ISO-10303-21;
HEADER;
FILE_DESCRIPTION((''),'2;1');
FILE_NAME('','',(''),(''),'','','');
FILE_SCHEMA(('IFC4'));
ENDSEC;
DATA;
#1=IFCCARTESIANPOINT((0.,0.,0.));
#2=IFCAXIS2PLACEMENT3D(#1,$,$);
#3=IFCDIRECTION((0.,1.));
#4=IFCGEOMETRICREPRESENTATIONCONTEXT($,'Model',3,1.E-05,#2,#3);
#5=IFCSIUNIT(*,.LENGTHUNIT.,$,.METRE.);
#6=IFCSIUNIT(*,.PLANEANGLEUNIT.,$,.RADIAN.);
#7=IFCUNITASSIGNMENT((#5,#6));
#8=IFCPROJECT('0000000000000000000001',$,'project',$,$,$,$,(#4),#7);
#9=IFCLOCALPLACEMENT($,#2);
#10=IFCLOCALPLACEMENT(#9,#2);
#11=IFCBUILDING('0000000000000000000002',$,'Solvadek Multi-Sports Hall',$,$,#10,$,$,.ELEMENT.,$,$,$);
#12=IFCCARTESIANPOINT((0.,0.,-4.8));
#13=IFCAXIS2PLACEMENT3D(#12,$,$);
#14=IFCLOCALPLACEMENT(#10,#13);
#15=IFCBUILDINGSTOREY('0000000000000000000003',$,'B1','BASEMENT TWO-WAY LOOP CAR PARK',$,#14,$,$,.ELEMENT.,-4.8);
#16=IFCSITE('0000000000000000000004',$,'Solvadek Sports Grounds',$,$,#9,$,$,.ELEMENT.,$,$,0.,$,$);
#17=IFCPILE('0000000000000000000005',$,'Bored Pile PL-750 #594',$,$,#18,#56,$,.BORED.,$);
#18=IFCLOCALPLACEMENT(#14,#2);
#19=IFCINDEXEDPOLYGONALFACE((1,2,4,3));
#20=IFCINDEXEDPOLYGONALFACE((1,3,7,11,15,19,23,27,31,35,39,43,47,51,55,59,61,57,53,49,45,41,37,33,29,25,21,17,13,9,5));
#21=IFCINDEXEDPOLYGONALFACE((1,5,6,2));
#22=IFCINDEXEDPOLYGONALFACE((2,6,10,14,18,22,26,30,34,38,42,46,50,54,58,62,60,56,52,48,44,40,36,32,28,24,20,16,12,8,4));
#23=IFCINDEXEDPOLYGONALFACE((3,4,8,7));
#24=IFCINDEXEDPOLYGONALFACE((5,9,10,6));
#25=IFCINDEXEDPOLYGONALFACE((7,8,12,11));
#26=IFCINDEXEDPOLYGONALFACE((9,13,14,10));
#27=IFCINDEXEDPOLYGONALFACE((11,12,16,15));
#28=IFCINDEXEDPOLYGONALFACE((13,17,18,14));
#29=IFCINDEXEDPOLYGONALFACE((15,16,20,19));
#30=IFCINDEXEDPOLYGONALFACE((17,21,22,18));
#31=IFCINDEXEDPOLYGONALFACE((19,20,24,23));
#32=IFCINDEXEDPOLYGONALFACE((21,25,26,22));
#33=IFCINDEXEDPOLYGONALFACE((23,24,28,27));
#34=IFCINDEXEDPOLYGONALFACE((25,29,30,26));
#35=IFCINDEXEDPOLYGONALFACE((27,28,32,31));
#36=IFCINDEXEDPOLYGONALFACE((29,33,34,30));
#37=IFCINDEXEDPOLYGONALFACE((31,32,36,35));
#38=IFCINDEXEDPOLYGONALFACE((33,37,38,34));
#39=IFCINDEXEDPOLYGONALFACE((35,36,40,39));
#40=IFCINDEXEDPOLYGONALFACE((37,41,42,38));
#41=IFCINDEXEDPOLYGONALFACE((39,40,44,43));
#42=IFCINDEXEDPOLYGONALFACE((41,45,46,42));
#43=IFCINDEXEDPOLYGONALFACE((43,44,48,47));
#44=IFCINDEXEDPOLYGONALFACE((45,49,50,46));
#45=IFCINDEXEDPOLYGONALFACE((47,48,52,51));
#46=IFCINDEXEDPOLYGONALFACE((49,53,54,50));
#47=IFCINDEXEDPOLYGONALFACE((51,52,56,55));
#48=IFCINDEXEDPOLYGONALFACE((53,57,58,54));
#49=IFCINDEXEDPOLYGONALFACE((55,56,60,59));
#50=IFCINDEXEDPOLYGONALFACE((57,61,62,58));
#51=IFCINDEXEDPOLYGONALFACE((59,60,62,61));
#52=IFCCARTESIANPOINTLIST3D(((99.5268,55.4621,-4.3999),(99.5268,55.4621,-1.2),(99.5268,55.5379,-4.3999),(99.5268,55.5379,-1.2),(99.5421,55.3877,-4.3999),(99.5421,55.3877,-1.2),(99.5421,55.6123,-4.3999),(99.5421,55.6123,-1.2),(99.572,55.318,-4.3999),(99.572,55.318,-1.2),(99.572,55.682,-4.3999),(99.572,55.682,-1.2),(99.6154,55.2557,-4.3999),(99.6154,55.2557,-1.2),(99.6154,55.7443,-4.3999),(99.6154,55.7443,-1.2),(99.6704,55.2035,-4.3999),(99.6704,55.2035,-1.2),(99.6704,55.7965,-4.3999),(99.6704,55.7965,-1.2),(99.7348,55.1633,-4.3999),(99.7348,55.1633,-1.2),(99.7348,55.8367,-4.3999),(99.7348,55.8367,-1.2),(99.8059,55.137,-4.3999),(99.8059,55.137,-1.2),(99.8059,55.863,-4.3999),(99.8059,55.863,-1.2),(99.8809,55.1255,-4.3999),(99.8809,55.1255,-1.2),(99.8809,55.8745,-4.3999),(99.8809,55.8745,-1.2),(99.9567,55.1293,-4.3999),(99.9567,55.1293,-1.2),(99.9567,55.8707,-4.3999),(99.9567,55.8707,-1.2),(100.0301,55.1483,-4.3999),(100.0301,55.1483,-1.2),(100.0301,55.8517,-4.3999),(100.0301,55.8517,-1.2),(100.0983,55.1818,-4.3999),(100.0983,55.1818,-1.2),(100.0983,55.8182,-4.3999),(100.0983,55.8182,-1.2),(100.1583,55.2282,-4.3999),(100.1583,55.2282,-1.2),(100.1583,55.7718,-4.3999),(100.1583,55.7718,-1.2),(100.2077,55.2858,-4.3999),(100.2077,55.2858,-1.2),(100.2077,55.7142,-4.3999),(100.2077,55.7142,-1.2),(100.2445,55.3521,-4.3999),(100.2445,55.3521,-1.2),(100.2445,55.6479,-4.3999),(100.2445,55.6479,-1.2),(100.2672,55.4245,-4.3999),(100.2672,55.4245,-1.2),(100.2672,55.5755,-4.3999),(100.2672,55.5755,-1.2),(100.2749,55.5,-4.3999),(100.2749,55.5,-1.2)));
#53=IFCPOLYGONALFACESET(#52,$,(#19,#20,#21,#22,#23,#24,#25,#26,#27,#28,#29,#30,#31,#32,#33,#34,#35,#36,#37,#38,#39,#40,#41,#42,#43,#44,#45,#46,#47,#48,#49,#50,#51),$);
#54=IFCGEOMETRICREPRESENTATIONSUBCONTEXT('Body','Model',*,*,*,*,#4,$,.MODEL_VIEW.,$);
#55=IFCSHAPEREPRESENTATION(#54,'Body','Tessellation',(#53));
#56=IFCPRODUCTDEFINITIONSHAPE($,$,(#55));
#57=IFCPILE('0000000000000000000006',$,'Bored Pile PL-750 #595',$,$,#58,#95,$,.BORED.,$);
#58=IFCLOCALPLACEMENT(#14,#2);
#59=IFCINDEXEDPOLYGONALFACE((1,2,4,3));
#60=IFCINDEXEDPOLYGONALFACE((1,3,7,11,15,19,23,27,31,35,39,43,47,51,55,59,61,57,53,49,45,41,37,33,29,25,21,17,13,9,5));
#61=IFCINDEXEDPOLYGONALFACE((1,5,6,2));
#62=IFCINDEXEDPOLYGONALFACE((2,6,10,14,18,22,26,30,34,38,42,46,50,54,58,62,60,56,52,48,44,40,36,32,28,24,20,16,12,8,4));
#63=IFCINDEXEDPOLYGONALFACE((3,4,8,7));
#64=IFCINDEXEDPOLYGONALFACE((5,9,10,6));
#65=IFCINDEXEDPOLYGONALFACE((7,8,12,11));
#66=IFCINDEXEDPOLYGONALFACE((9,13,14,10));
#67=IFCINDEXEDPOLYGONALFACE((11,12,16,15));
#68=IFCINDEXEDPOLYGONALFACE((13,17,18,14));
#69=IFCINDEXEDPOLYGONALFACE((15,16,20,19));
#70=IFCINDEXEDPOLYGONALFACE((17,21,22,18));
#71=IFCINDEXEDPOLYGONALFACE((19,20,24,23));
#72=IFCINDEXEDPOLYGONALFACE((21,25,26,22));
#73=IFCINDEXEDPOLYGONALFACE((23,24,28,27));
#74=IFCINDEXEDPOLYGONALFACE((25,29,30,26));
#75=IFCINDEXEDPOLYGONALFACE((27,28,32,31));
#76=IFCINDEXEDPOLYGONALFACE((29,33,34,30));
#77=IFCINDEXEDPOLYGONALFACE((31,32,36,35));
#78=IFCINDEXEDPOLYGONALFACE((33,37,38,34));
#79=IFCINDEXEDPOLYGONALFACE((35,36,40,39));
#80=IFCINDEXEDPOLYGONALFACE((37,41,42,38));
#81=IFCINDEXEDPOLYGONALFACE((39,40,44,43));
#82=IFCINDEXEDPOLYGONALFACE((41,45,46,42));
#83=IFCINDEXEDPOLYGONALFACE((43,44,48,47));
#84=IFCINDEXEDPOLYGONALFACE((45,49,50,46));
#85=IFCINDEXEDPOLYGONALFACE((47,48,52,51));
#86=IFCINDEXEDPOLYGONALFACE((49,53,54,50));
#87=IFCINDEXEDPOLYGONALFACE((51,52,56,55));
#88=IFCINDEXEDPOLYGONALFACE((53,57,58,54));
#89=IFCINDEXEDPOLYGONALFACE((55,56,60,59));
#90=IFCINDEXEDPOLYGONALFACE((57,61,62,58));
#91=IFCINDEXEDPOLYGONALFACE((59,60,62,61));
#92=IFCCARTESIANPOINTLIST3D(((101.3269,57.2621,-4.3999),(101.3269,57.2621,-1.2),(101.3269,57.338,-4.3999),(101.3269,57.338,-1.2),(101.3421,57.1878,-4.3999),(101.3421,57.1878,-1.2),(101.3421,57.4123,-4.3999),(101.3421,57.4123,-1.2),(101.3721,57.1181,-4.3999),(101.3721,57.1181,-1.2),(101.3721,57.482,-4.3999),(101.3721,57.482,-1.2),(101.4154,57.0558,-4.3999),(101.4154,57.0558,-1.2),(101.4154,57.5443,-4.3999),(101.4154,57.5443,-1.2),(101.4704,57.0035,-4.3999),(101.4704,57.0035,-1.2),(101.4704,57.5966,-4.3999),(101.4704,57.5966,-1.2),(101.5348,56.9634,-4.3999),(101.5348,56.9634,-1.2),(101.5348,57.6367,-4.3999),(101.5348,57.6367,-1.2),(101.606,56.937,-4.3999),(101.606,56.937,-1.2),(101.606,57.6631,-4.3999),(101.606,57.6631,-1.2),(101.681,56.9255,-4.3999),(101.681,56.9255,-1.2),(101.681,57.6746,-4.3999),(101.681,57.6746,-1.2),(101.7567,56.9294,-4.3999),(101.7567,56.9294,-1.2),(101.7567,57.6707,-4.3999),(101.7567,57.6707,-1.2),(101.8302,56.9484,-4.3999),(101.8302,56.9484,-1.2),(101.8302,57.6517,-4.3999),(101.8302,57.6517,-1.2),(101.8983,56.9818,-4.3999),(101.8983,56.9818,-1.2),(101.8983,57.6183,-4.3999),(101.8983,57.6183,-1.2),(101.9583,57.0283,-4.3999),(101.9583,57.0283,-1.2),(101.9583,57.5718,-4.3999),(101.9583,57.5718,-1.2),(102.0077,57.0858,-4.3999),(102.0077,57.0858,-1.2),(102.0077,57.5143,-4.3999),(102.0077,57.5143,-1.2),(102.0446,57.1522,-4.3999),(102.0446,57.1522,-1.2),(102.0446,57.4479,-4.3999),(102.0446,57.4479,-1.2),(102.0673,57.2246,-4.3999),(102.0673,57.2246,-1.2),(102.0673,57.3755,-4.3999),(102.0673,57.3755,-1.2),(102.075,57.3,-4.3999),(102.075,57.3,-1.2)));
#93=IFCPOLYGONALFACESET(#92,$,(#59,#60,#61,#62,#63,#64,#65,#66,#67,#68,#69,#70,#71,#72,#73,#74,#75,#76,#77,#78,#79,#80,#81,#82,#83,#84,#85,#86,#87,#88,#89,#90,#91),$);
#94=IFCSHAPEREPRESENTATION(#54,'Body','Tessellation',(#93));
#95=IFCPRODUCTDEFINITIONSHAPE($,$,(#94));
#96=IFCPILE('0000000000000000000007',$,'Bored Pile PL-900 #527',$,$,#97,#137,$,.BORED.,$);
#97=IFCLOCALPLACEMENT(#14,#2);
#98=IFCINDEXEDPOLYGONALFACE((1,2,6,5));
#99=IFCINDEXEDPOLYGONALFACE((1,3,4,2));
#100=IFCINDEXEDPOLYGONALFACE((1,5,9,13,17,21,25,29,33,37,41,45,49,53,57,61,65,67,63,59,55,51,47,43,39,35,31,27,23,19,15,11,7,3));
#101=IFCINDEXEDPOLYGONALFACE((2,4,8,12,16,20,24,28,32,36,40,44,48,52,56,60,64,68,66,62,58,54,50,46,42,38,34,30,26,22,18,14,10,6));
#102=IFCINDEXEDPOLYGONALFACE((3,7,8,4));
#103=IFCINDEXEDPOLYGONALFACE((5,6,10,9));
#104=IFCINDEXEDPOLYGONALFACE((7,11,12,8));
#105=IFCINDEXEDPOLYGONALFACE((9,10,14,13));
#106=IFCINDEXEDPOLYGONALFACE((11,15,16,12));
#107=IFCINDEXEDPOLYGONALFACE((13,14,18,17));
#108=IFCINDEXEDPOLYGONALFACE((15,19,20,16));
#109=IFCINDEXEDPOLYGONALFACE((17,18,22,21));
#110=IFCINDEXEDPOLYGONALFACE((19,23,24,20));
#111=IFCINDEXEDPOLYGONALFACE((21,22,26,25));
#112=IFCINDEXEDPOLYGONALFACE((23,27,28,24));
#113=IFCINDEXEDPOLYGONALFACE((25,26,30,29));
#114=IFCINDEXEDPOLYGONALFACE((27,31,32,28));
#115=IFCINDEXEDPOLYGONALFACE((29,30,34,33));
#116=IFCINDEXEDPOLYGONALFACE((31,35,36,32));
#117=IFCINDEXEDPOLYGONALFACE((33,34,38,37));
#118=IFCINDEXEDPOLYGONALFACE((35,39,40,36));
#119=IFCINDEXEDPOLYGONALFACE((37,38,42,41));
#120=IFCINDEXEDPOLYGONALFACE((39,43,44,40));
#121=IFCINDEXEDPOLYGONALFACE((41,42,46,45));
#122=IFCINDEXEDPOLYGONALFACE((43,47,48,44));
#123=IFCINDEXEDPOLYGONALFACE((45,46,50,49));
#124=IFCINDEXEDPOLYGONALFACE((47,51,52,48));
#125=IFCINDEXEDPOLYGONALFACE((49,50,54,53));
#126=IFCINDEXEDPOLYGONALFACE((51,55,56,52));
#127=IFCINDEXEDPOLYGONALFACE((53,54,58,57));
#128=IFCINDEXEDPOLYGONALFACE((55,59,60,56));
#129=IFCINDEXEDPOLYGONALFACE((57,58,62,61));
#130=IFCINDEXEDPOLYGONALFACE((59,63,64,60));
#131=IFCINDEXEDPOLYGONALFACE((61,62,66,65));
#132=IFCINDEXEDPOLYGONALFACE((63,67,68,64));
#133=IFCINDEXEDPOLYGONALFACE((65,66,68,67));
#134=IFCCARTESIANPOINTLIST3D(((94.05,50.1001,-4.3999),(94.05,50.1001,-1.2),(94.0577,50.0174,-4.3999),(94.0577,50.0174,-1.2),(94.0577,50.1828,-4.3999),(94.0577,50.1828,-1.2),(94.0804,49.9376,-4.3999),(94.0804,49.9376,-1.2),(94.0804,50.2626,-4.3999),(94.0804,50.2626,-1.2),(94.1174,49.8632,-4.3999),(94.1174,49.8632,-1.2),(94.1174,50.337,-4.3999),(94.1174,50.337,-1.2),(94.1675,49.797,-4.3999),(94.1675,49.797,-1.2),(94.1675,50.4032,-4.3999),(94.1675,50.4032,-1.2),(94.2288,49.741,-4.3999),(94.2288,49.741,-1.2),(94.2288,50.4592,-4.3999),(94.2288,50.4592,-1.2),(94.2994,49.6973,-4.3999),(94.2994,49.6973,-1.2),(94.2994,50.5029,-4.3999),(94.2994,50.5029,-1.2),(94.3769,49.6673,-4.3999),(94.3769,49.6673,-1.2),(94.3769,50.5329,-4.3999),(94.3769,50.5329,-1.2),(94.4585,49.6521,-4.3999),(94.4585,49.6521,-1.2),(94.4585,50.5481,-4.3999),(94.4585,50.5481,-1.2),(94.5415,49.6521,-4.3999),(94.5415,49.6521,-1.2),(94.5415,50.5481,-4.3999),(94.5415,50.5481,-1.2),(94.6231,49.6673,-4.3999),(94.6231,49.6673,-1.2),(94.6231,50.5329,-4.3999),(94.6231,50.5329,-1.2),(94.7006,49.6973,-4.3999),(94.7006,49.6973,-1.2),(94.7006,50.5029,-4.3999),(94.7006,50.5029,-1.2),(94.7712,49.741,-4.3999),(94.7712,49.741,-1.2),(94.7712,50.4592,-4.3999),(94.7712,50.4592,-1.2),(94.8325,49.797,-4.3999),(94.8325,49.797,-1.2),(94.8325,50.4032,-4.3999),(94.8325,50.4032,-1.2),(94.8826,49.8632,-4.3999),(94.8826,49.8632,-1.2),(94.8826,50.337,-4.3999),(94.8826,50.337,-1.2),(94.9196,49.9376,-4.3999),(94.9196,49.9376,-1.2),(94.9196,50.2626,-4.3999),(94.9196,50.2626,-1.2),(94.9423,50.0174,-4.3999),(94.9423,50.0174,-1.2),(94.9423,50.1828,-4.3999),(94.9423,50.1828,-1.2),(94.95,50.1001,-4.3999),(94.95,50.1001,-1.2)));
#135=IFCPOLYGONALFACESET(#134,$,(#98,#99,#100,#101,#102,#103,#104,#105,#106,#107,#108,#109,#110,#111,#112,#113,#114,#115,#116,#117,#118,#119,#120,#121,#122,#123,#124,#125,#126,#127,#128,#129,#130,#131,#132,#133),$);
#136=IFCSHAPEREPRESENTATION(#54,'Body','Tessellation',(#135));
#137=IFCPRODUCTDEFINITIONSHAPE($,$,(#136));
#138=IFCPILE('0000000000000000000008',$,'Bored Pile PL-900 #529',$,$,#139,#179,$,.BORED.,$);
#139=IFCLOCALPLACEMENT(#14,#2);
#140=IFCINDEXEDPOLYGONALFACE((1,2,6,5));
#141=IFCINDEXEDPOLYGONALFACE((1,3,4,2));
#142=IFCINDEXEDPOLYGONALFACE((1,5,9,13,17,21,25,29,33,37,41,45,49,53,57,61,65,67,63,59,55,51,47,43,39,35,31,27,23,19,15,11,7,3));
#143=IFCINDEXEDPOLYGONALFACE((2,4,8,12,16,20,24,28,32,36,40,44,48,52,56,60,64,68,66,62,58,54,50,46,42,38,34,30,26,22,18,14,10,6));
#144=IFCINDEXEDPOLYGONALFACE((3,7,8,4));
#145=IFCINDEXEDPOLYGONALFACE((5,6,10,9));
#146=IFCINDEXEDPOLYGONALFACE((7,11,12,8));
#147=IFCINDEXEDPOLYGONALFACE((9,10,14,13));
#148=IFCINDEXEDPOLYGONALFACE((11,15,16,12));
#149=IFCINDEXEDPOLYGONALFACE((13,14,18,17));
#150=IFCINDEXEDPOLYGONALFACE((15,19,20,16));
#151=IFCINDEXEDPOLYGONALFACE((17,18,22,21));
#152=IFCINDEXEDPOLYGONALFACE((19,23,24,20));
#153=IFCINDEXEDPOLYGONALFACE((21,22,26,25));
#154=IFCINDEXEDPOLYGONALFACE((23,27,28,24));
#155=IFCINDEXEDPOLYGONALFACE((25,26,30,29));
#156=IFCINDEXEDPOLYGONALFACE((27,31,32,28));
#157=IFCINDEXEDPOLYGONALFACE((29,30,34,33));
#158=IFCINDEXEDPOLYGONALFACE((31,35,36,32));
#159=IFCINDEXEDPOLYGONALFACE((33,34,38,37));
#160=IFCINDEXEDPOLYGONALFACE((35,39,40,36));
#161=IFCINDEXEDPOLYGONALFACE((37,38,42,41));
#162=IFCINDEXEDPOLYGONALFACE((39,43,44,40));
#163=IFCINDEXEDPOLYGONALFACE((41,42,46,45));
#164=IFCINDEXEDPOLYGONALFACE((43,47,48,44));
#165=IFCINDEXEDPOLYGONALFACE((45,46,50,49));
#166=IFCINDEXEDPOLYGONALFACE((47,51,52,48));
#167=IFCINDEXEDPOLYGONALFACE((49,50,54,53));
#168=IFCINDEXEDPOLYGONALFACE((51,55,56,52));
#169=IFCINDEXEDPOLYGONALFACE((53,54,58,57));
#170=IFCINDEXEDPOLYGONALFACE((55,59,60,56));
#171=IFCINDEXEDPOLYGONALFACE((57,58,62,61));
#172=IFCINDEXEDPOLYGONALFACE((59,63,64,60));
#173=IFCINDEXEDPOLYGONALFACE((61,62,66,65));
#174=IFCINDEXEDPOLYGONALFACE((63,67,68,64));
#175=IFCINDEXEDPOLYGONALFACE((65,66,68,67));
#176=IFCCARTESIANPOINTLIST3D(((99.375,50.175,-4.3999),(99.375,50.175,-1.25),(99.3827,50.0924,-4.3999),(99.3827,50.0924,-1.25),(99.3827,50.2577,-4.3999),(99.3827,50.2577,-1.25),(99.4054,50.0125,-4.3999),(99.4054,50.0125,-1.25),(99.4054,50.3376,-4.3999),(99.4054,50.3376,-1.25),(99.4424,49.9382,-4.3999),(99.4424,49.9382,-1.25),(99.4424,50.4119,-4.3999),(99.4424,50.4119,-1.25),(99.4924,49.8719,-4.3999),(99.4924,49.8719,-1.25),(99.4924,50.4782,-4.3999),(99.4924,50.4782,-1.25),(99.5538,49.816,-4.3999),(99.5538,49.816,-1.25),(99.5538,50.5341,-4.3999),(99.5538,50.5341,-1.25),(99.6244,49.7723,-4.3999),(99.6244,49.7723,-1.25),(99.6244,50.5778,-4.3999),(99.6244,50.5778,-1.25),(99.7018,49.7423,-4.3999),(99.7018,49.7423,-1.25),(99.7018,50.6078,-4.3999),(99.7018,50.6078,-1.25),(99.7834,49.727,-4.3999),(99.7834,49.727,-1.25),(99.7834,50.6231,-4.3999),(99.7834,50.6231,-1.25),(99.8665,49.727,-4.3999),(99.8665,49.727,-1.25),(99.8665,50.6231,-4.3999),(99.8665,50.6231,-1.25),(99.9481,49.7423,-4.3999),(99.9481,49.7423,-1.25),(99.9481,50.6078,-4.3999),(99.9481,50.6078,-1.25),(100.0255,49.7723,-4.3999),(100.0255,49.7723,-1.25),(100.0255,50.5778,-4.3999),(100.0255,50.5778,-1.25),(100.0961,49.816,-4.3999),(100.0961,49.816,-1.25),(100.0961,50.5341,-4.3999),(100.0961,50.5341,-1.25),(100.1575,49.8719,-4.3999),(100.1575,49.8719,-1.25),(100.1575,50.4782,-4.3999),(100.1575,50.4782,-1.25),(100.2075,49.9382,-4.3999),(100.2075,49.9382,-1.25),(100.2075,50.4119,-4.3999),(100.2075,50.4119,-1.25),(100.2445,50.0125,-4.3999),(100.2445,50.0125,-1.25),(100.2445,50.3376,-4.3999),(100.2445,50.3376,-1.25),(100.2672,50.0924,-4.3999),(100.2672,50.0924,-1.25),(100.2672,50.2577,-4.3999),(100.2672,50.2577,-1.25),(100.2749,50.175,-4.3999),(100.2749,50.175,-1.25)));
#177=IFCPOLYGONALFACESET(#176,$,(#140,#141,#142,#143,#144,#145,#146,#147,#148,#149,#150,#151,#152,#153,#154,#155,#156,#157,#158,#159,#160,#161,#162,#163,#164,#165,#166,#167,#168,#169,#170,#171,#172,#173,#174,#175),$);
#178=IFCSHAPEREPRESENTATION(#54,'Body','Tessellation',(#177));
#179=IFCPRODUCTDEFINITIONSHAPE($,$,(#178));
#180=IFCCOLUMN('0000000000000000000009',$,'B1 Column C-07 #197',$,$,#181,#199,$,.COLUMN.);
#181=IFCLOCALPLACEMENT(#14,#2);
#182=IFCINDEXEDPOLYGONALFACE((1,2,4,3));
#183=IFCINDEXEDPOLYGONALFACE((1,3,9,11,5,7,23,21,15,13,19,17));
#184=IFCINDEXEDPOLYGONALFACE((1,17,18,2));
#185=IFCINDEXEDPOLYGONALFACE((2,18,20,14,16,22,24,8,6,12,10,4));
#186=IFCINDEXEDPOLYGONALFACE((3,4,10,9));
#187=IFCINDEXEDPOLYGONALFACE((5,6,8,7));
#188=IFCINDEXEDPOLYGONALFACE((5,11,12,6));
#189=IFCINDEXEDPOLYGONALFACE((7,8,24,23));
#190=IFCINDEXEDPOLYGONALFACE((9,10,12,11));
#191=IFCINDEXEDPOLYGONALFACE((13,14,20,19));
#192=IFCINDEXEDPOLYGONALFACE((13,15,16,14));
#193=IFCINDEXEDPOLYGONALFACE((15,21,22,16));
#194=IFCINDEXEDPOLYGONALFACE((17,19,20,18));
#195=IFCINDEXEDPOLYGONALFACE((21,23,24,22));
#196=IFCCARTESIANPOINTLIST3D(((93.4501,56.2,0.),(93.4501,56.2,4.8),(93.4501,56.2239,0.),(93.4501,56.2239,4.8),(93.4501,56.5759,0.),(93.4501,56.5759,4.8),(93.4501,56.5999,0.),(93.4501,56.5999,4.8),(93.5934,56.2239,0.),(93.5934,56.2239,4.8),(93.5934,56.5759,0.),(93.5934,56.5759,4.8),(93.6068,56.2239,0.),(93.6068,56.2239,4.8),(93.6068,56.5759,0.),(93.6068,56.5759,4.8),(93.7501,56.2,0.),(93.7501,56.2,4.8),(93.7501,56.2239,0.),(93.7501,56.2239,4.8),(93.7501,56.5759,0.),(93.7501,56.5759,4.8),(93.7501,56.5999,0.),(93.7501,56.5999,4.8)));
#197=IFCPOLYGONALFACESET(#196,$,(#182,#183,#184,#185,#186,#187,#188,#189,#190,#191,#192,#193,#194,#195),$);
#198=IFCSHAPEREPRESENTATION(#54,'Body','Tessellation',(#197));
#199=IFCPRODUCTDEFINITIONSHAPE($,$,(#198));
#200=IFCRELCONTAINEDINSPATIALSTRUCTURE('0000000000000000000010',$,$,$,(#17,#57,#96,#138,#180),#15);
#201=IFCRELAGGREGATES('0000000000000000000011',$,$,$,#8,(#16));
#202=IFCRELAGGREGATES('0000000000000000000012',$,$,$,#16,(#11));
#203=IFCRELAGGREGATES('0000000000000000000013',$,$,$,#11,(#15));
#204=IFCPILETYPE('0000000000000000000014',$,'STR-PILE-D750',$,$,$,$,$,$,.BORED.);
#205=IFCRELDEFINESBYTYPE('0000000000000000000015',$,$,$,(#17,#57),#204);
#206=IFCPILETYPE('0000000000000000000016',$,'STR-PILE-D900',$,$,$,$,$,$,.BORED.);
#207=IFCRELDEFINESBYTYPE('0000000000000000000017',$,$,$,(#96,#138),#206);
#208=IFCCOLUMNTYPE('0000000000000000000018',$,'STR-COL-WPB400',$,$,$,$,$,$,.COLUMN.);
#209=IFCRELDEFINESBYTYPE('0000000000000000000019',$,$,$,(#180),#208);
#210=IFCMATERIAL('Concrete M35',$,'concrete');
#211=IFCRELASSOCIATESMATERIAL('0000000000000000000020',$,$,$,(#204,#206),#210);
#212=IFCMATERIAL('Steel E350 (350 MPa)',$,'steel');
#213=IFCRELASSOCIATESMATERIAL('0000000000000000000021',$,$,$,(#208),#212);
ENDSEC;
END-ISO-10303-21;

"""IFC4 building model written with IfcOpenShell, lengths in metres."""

from ifc_helpers import new_model, si_unit, direction, frame, origin, origin_2d, place, context, subcontext, project, spatial, circle, i_section, extrude, material, material_profile, profile_set, type_object, element, save


model = new_model("IFC4")

# Units and contexts
model_context = context("Model", 3, precision=1e-05, world=origin(), true_north=direction((0.0, 1.0)))
body_context = subcontext(model_context, "Body", "Model", "MODEL_VIEW")
ifc_project = project(units=[si_unit("LENGTHUNIT", "METRE"), si_unit("PLANEANGLEUNIT", "RADIAN")], contexts=[model_context])

# Site, building, storey
site_placement = place(None, origin())
site = spatial("IfcSite", under=ifc_project, at=site_placement, Name="Solvadek Sports Grounds", CompositionType="ELEMENT", RefElevation=0.0)
building_placement = place(site_placement, origin())
building = spatial("IfcBuilding", under=site, at=building_placement, Name="Solvadek Multi-Sports Hall", CompositionType="ELEMENT")
storey_placement = place(building_placement, frame((0.0, 0.0, -4.8)))
storey = spatial("IfcBuildingStorey", under=building, at=storey_placement, Name="B1", Description="BASEMENT TWO-WAY LOOP CAR PARK", CompositionType="ELEMENT", Elevation=-4.8)

# Piles
ifc_material_1 = material(Name="Concrete M35", Category="concrete")
ifc_material_profile_1 = material_profile(ifc_material_1, circle(Radius=0.375, at=origin_2d()), Name="BORED PILE D750")
ifc_profile_set_1 = profile_set([ifc_material_profile_1], Name="Concrete M35")
pile_type_1 = type_object("IfcPileType", Name="STR-PILE-D750", PredefinedType="BORED", material=ifc_profile_set_1)
for number, where, z_axis, x_axis, name in (
    (1, (99.8999, 55.5, -1.2), (0.0, 0.0, -1.0), (1.0, 0.0, 0.0), "Bored Pile PL-750 #594"),
    (2, (101.7, 57.3, -1.2), (0.0, 0.0, -1.0), (1.0, 0.0, 0.0), "Bored Pile PL-750 #595"),
):
    element("IfcPile", number, at=place(storey_placement, frame(where, z_axis=z_axis, x_axis=x_axis)), inside=storey, type_object=pile_type_1, Name=name, PredefinedType="BORED", context=body_context, shape_type="SweptSolid", body=[
        extrude(circle(Radius=0.375, at=origin_2d()), origin(), (0.0, 0.0, 1.0), 3.2),
    ])
ifc_material_profile_2 = material_profile(ifc_material_1, circle(Radius=0.45, at=origin_2d()), Name="BORED PILE D900")
ifc_profile_set_2 = profile_set([ifc_material_profile_2], Name="Concrete M35")
pile_type_2 = type_object("IfcPileType", Name="STR-PILE-D900", PredefinedType="BORED", material=ifc_profile_set_2)
pile_1_placement = place(storey_placement, frame((94.5, 50.1001, -1.2), z_axis=(0.0, 0.0, -1.0), x_axis=(1.0, 0.0, 0.0)))
element("IfcPile", 3, at=pile_1_placement, inside=storey, type_object=pile_type_2, Name="Bored Pile PL-900 #527", PredefinedType="BORED", context=body_context, shape_type="SweptSolid", body=[
    extrude(circle(Radius=0.45, at=origin_2d()), origin(), (0.0, 0.0, 1.0), 3.2),
])
pile_2_placement = place(storey_placement, frame((99.825, 50.175, -1.25), z_axis=(0.0, 0.0, -1.0), x_axis=(1.0, 0.0, 0.0)))
element("IfcPile", 4, at=pile_2_placement, inside=storey, type_object=pile_type_2, Name="Bored Pile PL-900 #529", PredefinedType="BORED", context=body_context, shape_type="SweptSolid", body=[
    extrude(circle(Radius=0.45, at=origin_2d()), origin(), (0.0, 0.0, 1.0), 3.1499),
])

# Column
ifc_material_2 = material(Name="Steel E350 (350 MPa)", Category="steel")
ifc_material_profile_3 = material_profile(ifc_material_2, i_section(OverallWidth=0.3, OverallDepth=0.3999, WebThickness=0.0134, FlangeThickness=0.0239, at=origin_2d()), Name="WPB 400")
ifc_profile_set_3 = profile_set([ifc_material_profile_3], Name="Steel E350 (350 MPa)")
column_type_1 = type_object("IfcColumnType", Name="STR-COL-WPB400", PredefinedType="COLUMN", material=ifc_profile_set_3)
for number, where, z_axis, x_axis, name in (
    (5, (93.6001, 56.3999, 0.0), (0.0, 0.0, 1.0), (1.0, 0.0, 0.0), "B1 Column C-07 #197"),
):
    element("IfcColumn", number, at=place(storey_placement, frame(where, z_axis=z_axis, x_axis=x_axis)), inside=storey, type_object=column_type_1, Name=name, PredefinedType="COLUMN", context=body_context, shape_type="SweptSolid", body=[
        extrude(i_section(OverallWidth=0.3, OverallDepth=0.3999, WebThickness=0.0134, FlangeThickness=0.0239, at=origin_2d()), origin(), (0.0, 0.0, 1.0), 4.8),
    ])

save(model, "model.ifc")
